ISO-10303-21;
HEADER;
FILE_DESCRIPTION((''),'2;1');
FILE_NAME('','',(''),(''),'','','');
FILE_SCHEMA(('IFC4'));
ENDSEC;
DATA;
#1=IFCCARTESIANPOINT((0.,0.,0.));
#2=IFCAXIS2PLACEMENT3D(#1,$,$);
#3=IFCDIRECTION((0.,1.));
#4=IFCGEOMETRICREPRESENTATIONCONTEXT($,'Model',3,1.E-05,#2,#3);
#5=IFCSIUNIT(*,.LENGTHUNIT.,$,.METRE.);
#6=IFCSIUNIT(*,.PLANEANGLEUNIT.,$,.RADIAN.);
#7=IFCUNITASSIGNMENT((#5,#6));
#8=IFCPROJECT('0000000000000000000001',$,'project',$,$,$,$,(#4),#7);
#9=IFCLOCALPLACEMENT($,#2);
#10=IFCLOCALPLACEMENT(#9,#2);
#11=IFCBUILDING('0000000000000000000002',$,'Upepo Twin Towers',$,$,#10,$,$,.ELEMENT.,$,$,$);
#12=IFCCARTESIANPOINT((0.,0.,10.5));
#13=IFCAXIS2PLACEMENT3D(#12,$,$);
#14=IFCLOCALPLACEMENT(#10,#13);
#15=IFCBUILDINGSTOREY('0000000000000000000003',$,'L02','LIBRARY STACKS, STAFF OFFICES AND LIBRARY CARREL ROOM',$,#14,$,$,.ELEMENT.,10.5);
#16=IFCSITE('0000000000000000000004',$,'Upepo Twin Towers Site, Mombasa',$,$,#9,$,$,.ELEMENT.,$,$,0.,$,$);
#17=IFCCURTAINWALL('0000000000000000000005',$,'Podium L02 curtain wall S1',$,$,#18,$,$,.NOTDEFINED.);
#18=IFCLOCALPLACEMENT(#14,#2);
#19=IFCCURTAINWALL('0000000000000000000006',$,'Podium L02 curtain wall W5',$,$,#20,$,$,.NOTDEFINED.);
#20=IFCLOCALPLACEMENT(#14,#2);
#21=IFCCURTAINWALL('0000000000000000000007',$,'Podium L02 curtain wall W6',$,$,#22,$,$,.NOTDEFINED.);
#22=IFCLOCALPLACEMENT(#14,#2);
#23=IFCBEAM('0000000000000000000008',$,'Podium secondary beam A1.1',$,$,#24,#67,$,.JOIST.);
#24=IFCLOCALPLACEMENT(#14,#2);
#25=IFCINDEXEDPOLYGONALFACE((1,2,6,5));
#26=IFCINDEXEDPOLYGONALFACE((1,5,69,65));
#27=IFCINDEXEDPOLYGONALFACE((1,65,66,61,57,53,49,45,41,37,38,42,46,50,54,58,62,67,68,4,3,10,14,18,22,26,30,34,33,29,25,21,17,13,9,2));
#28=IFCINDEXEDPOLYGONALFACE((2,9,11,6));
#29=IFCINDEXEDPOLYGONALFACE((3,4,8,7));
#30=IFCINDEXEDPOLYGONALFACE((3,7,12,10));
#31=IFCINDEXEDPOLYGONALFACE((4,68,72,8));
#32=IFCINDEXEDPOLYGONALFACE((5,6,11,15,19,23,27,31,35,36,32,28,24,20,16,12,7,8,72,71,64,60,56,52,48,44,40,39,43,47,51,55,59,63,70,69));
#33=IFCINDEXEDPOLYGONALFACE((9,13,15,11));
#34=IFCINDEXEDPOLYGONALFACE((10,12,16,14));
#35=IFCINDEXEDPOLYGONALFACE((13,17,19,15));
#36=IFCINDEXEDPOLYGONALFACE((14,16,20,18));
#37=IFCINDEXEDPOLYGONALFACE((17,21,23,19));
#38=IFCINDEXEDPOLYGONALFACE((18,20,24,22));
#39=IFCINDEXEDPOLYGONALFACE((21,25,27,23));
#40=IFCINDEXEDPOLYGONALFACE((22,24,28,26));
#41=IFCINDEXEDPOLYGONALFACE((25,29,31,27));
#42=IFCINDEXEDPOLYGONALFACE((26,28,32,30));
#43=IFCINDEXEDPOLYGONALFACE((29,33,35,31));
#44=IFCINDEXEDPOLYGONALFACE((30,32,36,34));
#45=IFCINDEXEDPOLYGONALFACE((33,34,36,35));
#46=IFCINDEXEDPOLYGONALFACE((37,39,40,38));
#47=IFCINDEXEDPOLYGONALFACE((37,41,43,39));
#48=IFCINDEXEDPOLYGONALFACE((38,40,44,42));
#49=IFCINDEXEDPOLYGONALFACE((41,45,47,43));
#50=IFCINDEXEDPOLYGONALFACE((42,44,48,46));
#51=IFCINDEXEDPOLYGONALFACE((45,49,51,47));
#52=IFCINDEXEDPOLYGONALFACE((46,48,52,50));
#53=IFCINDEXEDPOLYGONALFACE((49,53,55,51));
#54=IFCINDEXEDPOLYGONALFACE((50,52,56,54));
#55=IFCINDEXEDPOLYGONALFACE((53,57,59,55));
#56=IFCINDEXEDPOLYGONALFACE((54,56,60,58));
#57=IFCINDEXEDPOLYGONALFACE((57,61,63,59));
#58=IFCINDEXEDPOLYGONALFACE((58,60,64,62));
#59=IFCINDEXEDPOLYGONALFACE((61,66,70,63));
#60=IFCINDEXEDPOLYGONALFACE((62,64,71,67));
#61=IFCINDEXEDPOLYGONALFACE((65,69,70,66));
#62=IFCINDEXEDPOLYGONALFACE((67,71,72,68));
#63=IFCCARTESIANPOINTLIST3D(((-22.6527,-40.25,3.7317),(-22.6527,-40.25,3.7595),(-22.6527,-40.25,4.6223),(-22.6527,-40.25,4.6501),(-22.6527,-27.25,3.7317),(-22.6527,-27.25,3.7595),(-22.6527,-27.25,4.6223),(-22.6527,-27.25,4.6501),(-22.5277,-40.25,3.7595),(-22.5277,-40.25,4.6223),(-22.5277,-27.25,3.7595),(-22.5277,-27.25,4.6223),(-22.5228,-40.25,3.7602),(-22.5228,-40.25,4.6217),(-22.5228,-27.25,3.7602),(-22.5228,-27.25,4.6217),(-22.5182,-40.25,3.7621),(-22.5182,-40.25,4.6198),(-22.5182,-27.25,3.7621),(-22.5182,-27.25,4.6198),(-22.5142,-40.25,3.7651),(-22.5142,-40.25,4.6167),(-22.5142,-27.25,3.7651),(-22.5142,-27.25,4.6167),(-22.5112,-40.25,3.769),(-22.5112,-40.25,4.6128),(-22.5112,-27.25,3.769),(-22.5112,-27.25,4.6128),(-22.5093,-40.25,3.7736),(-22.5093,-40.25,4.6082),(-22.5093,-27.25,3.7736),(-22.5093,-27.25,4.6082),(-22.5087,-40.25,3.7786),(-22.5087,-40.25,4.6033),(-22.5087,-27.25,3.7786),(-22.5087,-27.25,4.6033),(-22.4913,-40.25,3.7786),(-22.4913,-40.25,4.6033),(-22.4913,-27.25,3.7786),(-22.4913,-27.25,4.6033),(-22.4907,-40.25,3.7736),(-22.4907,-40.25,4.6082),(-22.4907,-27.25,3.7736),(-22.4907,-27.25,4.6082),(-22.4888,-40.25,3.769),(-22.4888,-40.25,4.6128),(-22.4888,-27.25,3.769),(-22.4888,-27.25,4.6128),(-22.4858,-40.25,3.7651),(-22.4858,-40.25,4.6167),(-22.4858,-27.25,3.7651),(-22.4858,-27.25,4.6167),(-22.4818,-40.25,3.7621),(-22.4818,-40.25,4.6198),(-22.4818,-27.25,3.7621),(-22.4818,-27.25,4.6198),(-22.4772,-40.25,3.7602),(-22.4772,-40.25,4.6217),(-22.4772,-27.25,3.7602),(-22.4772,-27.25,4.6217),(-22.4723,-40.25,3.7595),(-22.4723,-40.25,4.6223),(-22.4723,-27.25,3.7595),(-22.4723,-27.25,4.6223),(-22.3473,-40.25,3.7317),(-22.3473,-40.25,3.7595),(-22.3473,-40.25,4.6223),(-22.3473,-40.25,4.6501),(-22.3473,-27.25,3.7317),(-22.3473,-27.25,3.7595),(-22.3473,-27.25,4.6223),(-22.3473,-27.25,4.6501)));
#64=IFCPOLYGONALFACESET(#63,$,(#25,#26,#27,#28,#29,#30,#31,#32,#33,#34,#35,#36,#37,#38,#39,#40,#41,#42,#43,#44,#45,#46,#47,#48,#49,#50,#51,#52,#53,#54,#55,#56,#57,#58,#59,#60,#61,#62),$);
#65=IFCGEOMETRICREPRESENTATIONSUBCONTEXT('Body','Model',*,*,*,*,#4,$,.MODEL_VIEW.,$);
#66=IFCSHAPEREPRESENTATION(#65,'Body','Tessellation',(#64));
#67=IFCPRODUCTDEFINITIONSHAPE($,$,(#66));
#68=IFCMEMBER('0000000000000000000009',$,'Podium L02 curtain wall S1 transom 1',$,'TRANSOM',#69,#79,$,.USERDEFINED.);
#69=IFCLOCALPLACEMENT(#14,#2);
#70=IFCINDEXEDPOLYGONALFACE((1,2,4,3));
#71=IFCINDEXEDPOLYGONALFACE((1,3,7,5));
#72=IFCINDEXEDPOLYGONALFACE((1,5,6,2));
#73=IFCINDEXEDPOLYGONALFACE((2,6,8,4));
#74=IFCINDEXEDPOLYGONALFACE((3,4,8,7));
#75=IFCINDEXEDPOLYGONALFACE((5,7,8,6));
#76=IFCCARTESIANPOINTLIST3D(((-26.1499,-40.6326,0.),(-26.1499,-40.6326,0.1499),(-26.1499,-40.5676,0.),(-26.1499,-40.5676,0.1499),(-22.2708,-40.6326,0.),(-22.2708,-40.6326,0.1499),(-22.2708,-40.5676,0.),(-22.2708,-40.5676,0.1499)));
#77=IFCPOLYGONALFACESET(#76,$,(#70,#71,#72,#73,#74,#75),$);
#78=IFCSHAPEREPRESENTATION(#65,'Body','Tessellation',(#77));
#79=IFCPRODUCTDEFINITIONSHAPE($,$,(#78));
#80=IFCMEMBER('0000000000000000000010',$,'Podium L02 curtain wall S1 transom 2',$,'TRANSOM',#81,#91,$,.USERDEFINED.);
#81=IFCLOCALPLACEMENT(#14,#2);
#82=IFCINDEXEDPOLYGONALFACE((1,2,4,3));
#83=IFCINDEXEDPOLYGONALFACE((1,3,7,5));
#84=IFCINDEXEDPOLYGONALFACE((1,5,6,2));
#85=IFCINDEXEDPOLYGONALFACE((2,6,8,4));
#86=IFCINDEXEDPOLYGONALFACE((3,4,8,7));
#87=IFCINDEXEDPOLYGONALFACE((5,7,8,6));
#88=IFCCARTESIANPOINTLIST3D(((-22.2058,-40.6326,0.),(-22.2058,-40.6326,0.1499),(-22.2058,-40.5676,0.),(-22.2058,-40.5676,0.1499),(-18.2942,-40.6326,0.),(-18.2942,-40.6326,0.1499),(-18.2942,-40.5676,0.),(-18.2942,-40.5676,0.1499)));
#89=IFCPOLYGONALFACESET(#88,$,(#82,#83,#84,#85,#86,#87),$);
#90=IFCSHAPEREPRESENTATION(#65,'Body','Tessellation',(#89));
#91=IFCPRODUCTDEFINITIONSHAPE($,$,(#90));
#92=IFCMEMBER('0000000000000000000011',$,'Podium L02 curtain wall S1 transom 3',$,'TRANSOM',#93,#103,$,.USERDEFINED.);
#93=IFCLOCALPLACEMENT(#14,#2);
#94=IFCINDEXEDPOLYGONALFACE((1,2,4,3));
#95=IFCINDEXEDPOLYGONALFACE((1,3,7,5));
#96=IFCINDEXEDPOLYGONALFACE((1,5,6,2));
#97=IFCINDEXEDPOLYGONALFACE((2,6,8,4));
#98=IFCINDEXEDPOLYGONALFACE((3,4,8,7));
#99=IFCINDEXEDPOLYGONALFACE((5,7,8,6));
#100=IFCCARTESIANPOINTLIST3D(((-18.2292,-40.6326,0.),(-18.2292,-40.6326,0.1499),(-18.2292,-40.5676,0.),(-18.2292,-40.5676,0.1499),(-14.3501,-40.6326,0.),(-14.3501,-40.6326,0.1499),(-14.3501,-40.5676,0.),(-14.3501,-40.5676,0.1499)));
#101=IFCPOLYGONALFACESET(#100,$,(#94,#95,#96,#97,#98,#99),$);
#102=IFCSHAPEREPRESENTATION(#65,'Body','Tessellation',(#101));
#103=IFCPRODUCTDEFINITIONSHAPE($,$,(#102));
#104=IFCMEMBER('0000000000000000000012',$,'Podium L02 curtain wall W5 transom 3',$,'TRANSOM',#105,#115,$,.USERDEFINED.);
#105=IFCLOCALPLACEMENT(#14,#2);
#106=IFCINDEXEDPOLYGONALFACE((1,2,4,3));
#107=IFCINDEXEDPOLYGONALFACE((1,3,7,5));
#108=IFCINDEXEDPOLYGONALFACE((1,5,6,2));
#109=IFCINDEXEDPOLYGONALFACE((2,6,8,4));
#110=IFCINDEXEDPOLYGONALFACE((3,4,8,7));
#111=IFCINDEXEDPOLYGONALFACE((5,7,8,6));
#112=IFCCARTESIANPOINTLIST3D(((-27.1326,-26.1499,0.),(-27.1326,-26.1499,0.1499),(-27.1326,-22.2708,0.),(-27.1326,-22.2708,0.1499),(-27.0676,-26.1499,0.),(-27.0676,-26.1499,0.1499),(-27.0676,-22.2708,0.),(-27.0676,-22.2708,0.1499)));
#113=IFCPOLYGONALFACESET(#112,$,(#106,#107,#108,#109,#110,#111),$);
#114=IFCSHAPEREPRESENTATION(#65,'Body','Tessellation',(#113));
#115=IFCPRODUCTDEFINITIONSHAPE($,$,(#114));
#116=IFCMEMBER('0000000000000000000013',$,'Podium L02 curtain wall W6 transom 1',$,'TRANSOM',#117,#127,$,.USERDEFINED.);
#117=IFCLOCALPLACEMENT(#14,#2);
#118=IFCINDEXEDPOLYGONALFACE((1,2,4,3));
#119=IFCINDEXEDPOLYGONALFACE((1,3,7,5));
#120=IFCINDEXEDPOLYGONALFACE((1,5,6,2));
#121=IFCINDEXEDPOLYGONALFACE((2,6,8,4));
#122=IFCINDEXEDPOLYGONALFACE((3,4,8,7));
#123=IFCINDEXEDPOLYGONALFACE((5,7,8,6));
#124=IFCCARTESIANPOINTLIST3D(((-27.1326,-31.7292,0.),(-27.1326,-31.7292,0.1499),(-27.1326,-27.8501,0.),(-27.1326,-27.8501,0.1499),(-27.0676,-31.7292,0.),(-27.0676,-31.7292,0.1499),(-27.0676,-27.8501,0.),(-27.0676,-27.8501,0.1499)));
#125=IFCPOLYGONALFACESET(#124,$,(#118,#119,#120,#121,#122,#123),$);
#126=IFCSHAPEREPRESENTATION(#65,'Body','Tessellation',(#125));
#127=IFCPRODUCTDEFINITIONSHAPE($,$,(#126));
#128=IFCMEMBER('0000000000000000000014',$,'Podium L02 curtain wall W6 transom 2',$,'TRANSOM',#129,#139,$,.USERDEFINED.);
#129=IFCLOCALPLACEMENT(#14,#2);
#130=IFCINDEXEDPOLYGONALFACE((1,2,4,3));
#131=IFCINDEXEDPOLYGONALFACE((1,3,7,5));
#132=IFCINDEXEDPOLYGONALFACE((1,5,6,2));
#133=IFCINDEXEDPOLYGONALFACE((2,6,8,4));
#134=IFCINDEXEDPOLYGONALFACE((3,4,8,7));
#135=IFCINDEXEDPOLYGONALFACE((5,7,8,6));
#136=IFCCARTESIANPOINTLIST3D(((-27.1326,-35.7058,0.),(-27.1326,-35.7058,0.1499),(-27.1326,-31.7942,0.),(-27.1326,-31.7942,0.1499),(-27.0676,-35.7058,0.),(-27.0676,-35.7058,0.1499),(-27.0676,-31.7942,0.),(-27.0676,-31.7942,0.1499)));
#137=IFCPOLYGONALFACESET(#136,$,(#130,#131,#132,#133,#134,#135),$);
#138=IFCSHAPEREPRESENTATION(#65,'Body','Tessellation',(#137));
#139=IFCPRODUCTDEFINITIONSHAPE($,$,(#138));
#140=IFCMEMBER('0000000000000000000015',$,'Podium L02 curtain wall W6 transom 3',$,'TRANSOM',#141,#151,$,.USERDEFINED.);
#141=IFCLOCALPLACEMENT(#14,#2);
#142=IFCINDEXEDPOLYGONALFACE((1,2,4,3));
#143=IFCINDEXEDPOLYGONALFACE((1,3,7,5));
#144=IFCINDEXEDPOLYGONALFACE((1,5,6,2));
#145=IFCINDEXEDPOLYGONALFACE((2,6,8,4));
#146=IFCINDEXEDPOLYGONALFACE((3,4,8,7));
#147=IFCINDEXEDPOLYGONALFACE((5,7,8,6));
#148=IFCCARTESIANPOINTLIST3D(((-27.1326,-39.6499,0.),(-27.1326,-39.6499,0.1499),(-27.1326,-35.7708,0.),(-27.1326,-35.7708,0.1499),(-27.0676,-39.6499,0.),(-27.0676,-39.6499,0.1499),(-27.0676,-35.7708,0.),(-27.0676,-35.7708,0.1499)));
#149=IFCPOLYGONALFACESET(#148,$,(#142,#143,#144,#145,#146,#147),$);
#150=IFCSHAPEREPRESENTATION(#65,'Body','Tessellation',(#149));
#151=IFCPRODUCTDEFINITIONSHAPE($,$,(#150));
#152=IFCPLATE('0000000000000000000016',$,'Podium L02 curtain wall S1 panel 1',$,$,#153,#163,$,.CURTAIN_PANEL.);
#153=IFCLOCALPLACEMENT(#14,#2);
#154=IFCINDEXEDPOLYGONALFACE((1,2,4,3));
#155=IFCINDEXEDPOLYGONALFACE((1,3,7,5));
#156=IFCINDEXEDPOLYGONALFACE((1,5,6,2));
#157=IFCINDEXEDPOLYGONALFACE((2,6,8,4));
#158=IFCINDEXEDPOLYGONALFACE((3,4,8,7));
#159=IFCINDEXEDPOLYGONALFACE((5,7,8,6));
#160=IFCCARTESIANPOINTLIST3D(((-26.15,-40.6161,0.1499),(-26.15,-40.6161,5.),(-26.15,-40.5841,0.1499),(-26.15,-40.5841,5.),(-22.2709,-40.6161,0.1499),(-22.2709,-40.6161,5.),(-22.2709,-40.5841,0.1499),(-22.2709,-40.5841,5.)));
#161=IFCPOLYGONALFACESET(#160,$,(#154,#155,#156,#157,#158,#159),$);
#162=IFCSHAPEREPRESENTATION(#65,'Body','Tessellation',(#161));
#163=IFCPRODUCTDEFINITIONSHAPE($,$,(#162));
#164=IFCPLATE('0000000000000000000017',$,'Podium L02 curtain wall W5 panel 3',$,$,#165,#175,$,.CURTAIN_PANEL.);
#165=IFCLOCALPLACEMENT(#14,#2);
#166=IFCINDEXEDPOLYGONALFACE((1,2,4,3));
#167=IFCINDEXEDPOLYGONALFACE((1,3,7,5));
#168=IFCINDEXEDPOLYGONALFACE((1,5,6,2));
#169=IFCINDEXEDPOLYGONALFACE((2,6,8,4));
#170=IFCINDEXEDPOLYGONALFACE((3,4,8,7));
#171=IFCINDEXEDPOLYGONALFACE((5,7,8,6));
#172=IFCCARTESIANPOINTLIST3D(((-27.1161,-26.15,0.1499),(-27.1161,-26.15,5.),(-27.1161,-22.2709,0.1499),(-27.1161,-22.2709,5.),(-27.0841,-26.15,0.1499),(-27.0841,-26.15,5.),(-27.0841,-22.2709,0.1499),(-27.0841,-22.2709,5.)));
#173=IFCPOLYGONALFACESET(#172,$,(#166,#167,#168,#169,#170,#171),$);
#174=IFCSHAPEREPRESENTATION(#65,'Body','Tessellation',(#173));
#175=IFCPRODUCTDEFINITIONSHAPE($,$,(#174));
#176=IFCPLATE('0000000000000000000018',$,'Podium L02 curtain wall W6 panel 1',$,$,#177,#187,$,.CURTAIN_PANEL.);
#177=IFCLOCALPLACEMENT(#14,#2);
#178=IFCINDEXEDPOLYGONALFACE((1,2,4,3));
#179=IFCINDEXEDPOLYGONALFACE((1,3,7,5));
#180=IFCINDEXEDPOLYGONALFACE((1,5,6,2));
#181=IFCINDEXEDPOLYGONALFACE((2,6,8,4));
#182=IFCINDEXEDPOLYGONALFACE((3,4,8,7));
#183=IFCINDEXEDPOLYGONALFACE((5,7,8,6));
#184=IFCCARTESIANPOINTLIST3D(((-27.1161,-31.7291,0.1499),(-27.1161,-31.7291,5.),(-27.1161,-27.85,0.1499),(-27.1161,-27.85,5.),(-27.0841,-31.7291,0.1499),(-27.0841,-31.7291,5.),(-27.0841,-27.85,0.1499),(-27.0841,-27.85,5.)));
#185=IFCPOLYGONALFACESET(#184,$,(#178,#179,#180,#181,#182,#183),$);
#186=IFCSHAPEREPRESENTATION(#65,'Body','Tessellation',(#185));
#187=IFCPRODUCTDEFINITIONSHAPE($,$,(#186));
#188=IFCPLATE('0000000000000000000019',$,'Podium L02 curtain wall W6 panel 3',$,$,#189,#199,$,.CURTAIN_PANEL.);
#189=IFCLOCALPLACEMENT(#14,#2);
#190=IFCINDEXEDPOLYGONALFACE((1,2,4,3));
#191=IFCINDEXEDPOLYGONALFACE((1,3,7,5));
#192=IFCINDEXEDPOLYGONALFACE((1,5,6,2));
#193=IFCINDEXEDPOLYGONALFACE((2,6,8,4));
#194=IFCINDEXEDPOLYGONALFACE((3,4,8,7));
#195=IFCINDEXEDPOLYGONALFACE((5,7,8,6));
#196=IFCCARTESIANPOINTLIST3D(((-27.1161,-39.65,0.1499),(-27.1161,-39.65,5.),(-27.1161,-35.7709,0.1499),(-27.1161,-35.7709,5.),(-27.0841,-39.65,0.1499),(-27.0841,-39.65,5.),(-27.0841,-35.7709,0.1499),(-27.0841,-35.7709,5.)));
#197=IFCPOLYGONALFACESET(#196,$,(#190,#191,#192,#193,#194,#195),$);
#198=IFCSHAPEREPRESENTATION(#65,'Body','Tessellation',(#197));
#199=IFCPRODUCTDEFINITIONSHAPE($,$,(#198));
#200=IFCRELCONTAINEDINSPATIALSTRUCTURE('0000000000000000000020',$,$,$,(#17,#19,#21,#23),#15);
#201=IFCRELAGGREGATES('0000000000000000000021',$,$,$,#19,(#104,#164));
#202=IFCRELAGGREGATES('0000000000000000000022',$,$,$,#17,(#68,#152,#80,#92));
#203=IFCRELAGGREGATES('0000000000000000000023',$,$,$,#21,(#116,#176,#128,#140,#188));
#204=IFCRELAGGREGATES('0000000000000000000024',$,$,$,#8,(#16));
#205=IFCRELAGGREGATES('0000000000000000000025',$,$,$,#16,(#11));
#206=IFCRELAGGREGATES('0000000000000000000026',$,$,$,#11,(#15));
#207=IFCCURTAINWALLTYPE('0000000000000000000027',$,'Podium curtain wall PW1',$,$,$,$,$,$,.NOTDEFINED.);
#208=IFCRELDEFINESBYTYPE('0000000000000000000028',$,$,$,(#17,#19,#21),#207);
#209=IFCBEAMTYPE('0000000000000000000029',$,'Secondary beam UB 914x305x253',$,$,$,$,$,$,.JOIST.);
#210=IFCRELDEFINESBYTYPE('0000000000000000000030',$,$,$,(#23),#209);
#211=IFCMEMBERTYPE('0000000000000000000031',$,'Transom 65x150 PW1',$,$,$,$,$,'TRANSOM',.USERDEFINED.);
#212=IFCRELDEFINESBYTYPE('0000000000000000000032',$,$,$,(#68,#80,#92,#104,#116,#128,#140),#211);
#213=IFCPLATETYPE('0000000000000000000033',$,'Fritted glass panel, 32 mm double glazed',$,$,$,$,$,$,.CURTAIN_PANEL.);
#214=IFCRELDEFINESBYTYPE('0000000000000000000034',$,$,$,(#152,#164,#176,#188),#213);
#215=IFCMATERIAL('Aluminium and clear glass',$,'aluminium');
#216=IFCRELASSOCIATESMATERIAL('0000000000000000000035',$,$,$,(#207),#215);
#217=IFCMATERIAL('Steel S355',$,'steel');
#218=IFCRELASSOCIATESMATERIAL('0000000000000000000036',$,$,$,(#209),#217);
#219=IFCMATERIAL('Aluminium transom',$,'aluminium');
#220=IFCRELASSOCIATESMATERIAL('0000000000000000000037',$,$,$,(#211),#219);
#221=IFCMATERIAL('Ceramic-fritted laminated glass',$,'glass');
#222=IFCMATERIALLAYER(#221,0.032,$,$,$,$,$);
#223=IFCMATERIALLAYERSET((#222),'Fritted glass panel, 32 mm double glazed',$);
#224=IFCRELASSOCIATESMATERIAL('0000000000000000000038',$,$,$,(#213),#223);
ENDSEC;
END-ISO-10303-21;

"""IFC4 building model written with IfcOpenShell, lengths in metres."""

from ifc_helpers import new_model, si_unit, direction, frame, origin, origin_2d, place, context, subcontext, project, spatial, rectangle, i_section, extrude, material, layer, layer_set, material_profile, profile_set, type_object, element, aggregate, save


model = new_model("IFC4")

# Units and contexts
model_context = context("Model", 3, precision=1e-05, world=origin(), true_north=direction((0.0, 1.0)))
body_context = subcontext(model_context, "Body", "Model", "MODEL_VIEW")
ifc_project = project(units=[si_unit("LENGTHUNIT", "METRE"), si_unit("PLANEANGLEUNIT", "RADIAN")], contexts=[model_context])

# Site, building, storey
site_placement = place(None, origin())
site = spatial("IfcSite", under=ifc_project, at=site_placement, Name="Upepo Twin Towers Site, Mombasa", CompositionType="ELEMENT", RefElevation=0.0)
building_placement = place(site_placement, origin())
building = spatial("IfcBuilding", under=site, at=building_placement, Name="Upepo Twin Towers", CompositionType="ELEMENT")
storey_placement = place(building_placement, frame((0.0, 0.0, 10.5)))
storey = spatial("IfcBuildingStorey", under=building, at=storey_placement, Name="L02", Description="LIBRARY STACKS, STAFF OFFICES AND LIBRARY CARREL ROOM", CompositionType="ELEMENT", Elevation=10.5)

# Curtain wall
ifc_material_1 = material(Name="Aluminium and clear glass", Category="aluminium")
curtain_wall_type = type_object("IfcCurtainWallType", Name="Podium curtain wall PW1", PredefinedType="NOTDEFINED", material=ifc_material_1)
curtain_wall_1_placement = place(storey_placement, origin())
curtain_wall_1 = element("IfcCurtainWall", 1, at=curtain_wall_1_placement, inside=storey, type_object=curtain_wall_type, Name="Podium L02 curtain wall S1", PredefinedType="NOTDEFINED")

# Curtain wall
curtain_wall_2_placement = place(storey_placement, origin())
curtain_wall_2 = element("IfcCurtainWall", 2, at=curtain_wall_2_placement, inside=storey, type_object=curtain_wall_type, Name="Podium L02 curtain wall W5", PredefinedType="NOTDEFINED")

# Curtain wall
curtain_wall_3_placement = place(storey_placement, origin())
curtain_wall_3 = element("IfcCurtainWall", 3, at=curtain_wall_3_placement, inside=storey, type_object=curtain_wall_type, Name="Podium L02 curtain wall W6", PredefinedType="NOTDEFINED")

# Beam
ifc_material_2 = material(Name="Steel S355", Category="steel")
ifc_material_profile_1 = material_profile(ifc_material_2, i_section(OverallWidth=0.3054, OverallDepth=0.9185, WebThickness=0.0173, FlangeThickness=0.0278, FilletRadius=0.019, at=origin_2d()), Name="UB 914x305x253")
ifc_profile_set_1 = profile_set([ifc_material_profile_1], Name="Steel S355")
beam_type_1 = type_object("IfcBeamType", Name="Secondary beam UB 914x305x253", PredefinedType="JOIST", material=ifc_profile_set_1)
beam_placement = place(storey_placement, frame((-22.5, -40.25, 4.1909), z_axis=(0.0, 1.0, 0.0), x_axis=(-1.0, 0.0, 0.0)))
element("IfcBeam", 4, at=beam_placement, inside=storey, type_object=beam_type_1, Name="Podium secondary beam A1.1", PredefinedType="JOIST", context=body_context, shape_type="SweptSolid", body=[
    extrude(i_section(OverallWidth=0.3054, OverallDepth=0.9185, WebThickness=0.0173, FlangeThickness=0.0278, FilletRadius=0.019, at=origin_2d()), origin(), (0.0, 0.0, 1.0), 13.0),
])

# Members
ifc_material_3 = material(Name="Aluminium transom", Category="aluminium")
ifc_material_profile_2 = material_profile(ifc_material_3, rectangle(XDim=0.0649, YDim=0.1499, at=origin_2d()), Name="TRANSOM 65x150 PODIUM")
ifc_profile_set_2 = profile_set([ifc_material_profile_2], Name="Aluminium transom")
member_type_1 = type_object("IfcMemberType", Name="Transom 65x150 PW1", ElementType="TRANSOM", PredefinedType="USERDEFINED", material=ifc_profile_set_2)
member_1_placement = place(storey_placement, frame((-26.1499, -40.6001, 0.075), z_axis=(1.0, 0.0, 0.0), x_axis=(0.0, 1.0, 0.0)))
member_1 = element("IfcMember", 5, at=member_1_placement, type_object=member_type_1, Name="Podium L02 curtain wall S1 transom 1", ObjectType="TRANSOM", PredefinedType="USERDEFINED", context=body_context, shape_type="SweptSolid", body=[
    extrude(rectangle(XDim=0.0649, YDim=0.1499, at=origin_2d()), origin(), (0.0, 0.0, 1.0), 3.8792),
])
member_2_placement = place(storey_placement, frame((-22.2058, -40.6001, 0.075), z_axis=(1.0, 0.0, 0.0), x_axis=(0.0, 1.0, 0.0)))
member_2 = element("IfcMember", 6, at=member_2_placement, type_object=member_type_1, Name="Podium L02 curtain wall S1 transom 2", ObjectType="TRANSOM", PredefinedType="USERDEFINED", context=body_context, shape_type="SweptSolid", body=[
    extrude(rectangle(XDim=0.0649, YDim=0.1499, at=origin_2d()), origin(), (0.0, 0.0, 1.0), 3.9116),
])
member_3_placement = place(storey_placement, frame((-18.2292, -40.6001, 0.075), z_axis=(1.0, 0.0, 0.0), x_axis=(0.0, 1.0, 0.0)))
member_3 = element("IfcMember", 7, at=member_3_placement, type_object=member_type_1, Name="Podium L02 curtain wall S1 transom 3", ObjectType="TRANSOM", PredefinedType="USERDEFINED", context=body_context, shape_type="SweptSolid", body=[
    extrude(rectangle(XDim=0.0649, YDim=0.1499, at=origin_2d()), origin(), (0.0, 0.0, 1.0), 3.8792),
])
member_4_placement = place(storey_placement, frame((-27.1001, -22.2708, 0.075), z_axis=(0.0, -1.0, 0.0), x_axis=(1.0, 0.0, 0.0)))
member_4 = element("IfcMember", 8, at=member_4_placement, type_object=member_type_1, Name="Podium L02 curtain wall W5 transom 3", ObjectType="TRANSOM", PredefinedType="USERDEFINED", context=body_context, shape_type="SweptSolid", body=[
    extrude(rectangle(XDim=0.0649, YDim=0.1499, at=origin_2d()), origin(), (0.0, 0.0, 1.0), 3.8792),
])
member_5_placement = place(storey_placement, frame((-27.1001, -27.8501, 0.075), z_axis=(0.0, -1.0, 0.0), x_axis=(1.0, 0.0, 0.0)))
member_5 = element("IfcMember", 9, at=member_5_placement, type_object=member_type_1, Name="Podium L02 curtain wall W6 transom 1", ObjectType="TRANSOM", PredefinedType="USERDEFINED", context=body_context, shape_type="SweptSolid", body=[
    extrude(rectangle(XDim=0.0649, YDim=0.1499, at=origin_2d()), origin(), (0.0, 0.0, 1.0), 3.8792),
])
member_6_placement = place(storey_placement, frame((-27.1001, -31.7942, 0.075), z_axis=(0.0, -1.0, 0.0), x_axis=(1.0, 0.0, 0.0)))
member_6 = element("IfcMember", 10, at=member_6_placement, type_object=member_type_1, Name="Podium L02 curtain wall W6 transom 2", ObjectType="TRANSOM", PredefinedType="USERDEFINED", context=body_context, shape_type="SweptSolid", body=[
    extrude(rectangle(XDim=0.0649, YDim=0.1499, at=origin_2d()), origin(), (0.0, 0.0, 1.0), 3.9116),
])
member_7_placement = place(storey_placement, frame((-27.1001, -35.7708, 0.075), z_axis=(0.0, -1.0, 0.0), x_axis=(1.0, 0.0, 0.0)))
member_7 = element("IfcMember", 11, at=member_7_placement, type_object=member_type_1, Name="Podium L02 curtain wall W6 transom 3", ObjectType="TRANSOM", PredefinedType="USERDEFINED", context=body_context, shape_type="SweptSolid", body=[
    extrude(rectangle(XDim=0.0649, YDim=0.1499, at=origin_2d()), origin(), (0.0, 0.0, 1.0), 3.8792),
])

# Plates
ifc_material_4 = material(Name="Ceramic-fritted laminated glass", Category="glass")
ifc_layer_1 = layer(ifc_material_4, 0.032)
ifc_layer_set_1 = layer_set([ifc_layer_1], Name="Fritted glass panel, 32 mm double glazed")
plate_type_1 = type_object("IfcPlateType", Name="Fritted glass panel, 32 mm double glazed", PredefinedType="CURTAIN_PANEL", material=ifc_layer_set_1)
plate_1_placement = place(storey_placement, frame((-24.2104, -40.6001, 0.1499), z_axis=(0.0, 0.0, 1.0), x_axis=(1.0, 0.0, 0.0)))
plate_1 = element("IfcPlate", 12, at=plate_1_placement, type_object=plate_type_1, Name="Podium L02 curtain wall S1 panel 1", PredefinedType="CURTAIN_PANEL", context=body_context, shape_type="SweptSolid", body=[
    extrude(rectangle(XDim=3.8792, YDim=0.032, at=origin_2d()), origin(), (0.0, 0.0, 1.0), 4.8501),
])
plate_2_placement = place(storey_placement, frame((-27.1001, -24.2104, 0.1499), z_axis=(0.0, 0.0, 1.0), x_axis=(0.0, -1.0, 0.0)))
plate_2 = element("IfcPlate", 13, at=plate_2_placement, type_object=plate_type_1, Name="Podium L02 curtain wall W5 panel 3", PredefinedType="CURTAIN_PANEL", context=body_context, shape_type="SweptSolid", body=[
    extrude(rectangle(XDim=3.8792, YDim=0.032, at=origin_2d()), origin(), (0.0, 0.0, 1.0), 4.8501),
])
aggregate(curtain_wall_2, [member_4, plate_2])
plate_3_placement = place(storey_placement, frame((-27.1001, -29.7896, 0.1499), z_axis=(0.0, 0.0, 1.0), x_axis=(0.0, -1.0, 0.0)))
plate_3 = element("IfcPlate", 14, at=plate_3_placement, type_object=plate_type_1, Name="Podium L02 curtain wall W6 panel 1", PredefinedType="CURTAIN_PANEL", context=body_context, shape_type="SweptSolid", body=[
    extrude(rectangle(XDim=3.8792, YDim=0.032, at=origin_2d()), origin(), (0.0, 0.0, 1.0), 4.8501),
])
plate_4_placement = place(storey_placement, frame((-27.1001, -37.7104, 0.1499), z_axis=(0.0, 0.0, 1.0), x_axis=(0.0, -1.0, 0.0)))
plate_4 = element("IfcPlate", 15, at=plate_4_placement, type_object=plate_type_1, Name="Podium L02 curtain wall W6 panel 3", PredefinedType="CURTAIN_PANEL", context=body_context, shape_type="SweptSolid", body=[
    extrude(rectangle(XDim=3.8792, YDim=0.032, at=origin_2d()), origin(), (0.0, 0.0, 1.0), 4.8501),
])
aggregate(curtain_wall_1, [member_1, plate_1, member_2, member_3])
aggregate(curtain_wall_3, [member_5, plate_3, member_6, member_7, plate_4])

save(model, "model.ifc")
